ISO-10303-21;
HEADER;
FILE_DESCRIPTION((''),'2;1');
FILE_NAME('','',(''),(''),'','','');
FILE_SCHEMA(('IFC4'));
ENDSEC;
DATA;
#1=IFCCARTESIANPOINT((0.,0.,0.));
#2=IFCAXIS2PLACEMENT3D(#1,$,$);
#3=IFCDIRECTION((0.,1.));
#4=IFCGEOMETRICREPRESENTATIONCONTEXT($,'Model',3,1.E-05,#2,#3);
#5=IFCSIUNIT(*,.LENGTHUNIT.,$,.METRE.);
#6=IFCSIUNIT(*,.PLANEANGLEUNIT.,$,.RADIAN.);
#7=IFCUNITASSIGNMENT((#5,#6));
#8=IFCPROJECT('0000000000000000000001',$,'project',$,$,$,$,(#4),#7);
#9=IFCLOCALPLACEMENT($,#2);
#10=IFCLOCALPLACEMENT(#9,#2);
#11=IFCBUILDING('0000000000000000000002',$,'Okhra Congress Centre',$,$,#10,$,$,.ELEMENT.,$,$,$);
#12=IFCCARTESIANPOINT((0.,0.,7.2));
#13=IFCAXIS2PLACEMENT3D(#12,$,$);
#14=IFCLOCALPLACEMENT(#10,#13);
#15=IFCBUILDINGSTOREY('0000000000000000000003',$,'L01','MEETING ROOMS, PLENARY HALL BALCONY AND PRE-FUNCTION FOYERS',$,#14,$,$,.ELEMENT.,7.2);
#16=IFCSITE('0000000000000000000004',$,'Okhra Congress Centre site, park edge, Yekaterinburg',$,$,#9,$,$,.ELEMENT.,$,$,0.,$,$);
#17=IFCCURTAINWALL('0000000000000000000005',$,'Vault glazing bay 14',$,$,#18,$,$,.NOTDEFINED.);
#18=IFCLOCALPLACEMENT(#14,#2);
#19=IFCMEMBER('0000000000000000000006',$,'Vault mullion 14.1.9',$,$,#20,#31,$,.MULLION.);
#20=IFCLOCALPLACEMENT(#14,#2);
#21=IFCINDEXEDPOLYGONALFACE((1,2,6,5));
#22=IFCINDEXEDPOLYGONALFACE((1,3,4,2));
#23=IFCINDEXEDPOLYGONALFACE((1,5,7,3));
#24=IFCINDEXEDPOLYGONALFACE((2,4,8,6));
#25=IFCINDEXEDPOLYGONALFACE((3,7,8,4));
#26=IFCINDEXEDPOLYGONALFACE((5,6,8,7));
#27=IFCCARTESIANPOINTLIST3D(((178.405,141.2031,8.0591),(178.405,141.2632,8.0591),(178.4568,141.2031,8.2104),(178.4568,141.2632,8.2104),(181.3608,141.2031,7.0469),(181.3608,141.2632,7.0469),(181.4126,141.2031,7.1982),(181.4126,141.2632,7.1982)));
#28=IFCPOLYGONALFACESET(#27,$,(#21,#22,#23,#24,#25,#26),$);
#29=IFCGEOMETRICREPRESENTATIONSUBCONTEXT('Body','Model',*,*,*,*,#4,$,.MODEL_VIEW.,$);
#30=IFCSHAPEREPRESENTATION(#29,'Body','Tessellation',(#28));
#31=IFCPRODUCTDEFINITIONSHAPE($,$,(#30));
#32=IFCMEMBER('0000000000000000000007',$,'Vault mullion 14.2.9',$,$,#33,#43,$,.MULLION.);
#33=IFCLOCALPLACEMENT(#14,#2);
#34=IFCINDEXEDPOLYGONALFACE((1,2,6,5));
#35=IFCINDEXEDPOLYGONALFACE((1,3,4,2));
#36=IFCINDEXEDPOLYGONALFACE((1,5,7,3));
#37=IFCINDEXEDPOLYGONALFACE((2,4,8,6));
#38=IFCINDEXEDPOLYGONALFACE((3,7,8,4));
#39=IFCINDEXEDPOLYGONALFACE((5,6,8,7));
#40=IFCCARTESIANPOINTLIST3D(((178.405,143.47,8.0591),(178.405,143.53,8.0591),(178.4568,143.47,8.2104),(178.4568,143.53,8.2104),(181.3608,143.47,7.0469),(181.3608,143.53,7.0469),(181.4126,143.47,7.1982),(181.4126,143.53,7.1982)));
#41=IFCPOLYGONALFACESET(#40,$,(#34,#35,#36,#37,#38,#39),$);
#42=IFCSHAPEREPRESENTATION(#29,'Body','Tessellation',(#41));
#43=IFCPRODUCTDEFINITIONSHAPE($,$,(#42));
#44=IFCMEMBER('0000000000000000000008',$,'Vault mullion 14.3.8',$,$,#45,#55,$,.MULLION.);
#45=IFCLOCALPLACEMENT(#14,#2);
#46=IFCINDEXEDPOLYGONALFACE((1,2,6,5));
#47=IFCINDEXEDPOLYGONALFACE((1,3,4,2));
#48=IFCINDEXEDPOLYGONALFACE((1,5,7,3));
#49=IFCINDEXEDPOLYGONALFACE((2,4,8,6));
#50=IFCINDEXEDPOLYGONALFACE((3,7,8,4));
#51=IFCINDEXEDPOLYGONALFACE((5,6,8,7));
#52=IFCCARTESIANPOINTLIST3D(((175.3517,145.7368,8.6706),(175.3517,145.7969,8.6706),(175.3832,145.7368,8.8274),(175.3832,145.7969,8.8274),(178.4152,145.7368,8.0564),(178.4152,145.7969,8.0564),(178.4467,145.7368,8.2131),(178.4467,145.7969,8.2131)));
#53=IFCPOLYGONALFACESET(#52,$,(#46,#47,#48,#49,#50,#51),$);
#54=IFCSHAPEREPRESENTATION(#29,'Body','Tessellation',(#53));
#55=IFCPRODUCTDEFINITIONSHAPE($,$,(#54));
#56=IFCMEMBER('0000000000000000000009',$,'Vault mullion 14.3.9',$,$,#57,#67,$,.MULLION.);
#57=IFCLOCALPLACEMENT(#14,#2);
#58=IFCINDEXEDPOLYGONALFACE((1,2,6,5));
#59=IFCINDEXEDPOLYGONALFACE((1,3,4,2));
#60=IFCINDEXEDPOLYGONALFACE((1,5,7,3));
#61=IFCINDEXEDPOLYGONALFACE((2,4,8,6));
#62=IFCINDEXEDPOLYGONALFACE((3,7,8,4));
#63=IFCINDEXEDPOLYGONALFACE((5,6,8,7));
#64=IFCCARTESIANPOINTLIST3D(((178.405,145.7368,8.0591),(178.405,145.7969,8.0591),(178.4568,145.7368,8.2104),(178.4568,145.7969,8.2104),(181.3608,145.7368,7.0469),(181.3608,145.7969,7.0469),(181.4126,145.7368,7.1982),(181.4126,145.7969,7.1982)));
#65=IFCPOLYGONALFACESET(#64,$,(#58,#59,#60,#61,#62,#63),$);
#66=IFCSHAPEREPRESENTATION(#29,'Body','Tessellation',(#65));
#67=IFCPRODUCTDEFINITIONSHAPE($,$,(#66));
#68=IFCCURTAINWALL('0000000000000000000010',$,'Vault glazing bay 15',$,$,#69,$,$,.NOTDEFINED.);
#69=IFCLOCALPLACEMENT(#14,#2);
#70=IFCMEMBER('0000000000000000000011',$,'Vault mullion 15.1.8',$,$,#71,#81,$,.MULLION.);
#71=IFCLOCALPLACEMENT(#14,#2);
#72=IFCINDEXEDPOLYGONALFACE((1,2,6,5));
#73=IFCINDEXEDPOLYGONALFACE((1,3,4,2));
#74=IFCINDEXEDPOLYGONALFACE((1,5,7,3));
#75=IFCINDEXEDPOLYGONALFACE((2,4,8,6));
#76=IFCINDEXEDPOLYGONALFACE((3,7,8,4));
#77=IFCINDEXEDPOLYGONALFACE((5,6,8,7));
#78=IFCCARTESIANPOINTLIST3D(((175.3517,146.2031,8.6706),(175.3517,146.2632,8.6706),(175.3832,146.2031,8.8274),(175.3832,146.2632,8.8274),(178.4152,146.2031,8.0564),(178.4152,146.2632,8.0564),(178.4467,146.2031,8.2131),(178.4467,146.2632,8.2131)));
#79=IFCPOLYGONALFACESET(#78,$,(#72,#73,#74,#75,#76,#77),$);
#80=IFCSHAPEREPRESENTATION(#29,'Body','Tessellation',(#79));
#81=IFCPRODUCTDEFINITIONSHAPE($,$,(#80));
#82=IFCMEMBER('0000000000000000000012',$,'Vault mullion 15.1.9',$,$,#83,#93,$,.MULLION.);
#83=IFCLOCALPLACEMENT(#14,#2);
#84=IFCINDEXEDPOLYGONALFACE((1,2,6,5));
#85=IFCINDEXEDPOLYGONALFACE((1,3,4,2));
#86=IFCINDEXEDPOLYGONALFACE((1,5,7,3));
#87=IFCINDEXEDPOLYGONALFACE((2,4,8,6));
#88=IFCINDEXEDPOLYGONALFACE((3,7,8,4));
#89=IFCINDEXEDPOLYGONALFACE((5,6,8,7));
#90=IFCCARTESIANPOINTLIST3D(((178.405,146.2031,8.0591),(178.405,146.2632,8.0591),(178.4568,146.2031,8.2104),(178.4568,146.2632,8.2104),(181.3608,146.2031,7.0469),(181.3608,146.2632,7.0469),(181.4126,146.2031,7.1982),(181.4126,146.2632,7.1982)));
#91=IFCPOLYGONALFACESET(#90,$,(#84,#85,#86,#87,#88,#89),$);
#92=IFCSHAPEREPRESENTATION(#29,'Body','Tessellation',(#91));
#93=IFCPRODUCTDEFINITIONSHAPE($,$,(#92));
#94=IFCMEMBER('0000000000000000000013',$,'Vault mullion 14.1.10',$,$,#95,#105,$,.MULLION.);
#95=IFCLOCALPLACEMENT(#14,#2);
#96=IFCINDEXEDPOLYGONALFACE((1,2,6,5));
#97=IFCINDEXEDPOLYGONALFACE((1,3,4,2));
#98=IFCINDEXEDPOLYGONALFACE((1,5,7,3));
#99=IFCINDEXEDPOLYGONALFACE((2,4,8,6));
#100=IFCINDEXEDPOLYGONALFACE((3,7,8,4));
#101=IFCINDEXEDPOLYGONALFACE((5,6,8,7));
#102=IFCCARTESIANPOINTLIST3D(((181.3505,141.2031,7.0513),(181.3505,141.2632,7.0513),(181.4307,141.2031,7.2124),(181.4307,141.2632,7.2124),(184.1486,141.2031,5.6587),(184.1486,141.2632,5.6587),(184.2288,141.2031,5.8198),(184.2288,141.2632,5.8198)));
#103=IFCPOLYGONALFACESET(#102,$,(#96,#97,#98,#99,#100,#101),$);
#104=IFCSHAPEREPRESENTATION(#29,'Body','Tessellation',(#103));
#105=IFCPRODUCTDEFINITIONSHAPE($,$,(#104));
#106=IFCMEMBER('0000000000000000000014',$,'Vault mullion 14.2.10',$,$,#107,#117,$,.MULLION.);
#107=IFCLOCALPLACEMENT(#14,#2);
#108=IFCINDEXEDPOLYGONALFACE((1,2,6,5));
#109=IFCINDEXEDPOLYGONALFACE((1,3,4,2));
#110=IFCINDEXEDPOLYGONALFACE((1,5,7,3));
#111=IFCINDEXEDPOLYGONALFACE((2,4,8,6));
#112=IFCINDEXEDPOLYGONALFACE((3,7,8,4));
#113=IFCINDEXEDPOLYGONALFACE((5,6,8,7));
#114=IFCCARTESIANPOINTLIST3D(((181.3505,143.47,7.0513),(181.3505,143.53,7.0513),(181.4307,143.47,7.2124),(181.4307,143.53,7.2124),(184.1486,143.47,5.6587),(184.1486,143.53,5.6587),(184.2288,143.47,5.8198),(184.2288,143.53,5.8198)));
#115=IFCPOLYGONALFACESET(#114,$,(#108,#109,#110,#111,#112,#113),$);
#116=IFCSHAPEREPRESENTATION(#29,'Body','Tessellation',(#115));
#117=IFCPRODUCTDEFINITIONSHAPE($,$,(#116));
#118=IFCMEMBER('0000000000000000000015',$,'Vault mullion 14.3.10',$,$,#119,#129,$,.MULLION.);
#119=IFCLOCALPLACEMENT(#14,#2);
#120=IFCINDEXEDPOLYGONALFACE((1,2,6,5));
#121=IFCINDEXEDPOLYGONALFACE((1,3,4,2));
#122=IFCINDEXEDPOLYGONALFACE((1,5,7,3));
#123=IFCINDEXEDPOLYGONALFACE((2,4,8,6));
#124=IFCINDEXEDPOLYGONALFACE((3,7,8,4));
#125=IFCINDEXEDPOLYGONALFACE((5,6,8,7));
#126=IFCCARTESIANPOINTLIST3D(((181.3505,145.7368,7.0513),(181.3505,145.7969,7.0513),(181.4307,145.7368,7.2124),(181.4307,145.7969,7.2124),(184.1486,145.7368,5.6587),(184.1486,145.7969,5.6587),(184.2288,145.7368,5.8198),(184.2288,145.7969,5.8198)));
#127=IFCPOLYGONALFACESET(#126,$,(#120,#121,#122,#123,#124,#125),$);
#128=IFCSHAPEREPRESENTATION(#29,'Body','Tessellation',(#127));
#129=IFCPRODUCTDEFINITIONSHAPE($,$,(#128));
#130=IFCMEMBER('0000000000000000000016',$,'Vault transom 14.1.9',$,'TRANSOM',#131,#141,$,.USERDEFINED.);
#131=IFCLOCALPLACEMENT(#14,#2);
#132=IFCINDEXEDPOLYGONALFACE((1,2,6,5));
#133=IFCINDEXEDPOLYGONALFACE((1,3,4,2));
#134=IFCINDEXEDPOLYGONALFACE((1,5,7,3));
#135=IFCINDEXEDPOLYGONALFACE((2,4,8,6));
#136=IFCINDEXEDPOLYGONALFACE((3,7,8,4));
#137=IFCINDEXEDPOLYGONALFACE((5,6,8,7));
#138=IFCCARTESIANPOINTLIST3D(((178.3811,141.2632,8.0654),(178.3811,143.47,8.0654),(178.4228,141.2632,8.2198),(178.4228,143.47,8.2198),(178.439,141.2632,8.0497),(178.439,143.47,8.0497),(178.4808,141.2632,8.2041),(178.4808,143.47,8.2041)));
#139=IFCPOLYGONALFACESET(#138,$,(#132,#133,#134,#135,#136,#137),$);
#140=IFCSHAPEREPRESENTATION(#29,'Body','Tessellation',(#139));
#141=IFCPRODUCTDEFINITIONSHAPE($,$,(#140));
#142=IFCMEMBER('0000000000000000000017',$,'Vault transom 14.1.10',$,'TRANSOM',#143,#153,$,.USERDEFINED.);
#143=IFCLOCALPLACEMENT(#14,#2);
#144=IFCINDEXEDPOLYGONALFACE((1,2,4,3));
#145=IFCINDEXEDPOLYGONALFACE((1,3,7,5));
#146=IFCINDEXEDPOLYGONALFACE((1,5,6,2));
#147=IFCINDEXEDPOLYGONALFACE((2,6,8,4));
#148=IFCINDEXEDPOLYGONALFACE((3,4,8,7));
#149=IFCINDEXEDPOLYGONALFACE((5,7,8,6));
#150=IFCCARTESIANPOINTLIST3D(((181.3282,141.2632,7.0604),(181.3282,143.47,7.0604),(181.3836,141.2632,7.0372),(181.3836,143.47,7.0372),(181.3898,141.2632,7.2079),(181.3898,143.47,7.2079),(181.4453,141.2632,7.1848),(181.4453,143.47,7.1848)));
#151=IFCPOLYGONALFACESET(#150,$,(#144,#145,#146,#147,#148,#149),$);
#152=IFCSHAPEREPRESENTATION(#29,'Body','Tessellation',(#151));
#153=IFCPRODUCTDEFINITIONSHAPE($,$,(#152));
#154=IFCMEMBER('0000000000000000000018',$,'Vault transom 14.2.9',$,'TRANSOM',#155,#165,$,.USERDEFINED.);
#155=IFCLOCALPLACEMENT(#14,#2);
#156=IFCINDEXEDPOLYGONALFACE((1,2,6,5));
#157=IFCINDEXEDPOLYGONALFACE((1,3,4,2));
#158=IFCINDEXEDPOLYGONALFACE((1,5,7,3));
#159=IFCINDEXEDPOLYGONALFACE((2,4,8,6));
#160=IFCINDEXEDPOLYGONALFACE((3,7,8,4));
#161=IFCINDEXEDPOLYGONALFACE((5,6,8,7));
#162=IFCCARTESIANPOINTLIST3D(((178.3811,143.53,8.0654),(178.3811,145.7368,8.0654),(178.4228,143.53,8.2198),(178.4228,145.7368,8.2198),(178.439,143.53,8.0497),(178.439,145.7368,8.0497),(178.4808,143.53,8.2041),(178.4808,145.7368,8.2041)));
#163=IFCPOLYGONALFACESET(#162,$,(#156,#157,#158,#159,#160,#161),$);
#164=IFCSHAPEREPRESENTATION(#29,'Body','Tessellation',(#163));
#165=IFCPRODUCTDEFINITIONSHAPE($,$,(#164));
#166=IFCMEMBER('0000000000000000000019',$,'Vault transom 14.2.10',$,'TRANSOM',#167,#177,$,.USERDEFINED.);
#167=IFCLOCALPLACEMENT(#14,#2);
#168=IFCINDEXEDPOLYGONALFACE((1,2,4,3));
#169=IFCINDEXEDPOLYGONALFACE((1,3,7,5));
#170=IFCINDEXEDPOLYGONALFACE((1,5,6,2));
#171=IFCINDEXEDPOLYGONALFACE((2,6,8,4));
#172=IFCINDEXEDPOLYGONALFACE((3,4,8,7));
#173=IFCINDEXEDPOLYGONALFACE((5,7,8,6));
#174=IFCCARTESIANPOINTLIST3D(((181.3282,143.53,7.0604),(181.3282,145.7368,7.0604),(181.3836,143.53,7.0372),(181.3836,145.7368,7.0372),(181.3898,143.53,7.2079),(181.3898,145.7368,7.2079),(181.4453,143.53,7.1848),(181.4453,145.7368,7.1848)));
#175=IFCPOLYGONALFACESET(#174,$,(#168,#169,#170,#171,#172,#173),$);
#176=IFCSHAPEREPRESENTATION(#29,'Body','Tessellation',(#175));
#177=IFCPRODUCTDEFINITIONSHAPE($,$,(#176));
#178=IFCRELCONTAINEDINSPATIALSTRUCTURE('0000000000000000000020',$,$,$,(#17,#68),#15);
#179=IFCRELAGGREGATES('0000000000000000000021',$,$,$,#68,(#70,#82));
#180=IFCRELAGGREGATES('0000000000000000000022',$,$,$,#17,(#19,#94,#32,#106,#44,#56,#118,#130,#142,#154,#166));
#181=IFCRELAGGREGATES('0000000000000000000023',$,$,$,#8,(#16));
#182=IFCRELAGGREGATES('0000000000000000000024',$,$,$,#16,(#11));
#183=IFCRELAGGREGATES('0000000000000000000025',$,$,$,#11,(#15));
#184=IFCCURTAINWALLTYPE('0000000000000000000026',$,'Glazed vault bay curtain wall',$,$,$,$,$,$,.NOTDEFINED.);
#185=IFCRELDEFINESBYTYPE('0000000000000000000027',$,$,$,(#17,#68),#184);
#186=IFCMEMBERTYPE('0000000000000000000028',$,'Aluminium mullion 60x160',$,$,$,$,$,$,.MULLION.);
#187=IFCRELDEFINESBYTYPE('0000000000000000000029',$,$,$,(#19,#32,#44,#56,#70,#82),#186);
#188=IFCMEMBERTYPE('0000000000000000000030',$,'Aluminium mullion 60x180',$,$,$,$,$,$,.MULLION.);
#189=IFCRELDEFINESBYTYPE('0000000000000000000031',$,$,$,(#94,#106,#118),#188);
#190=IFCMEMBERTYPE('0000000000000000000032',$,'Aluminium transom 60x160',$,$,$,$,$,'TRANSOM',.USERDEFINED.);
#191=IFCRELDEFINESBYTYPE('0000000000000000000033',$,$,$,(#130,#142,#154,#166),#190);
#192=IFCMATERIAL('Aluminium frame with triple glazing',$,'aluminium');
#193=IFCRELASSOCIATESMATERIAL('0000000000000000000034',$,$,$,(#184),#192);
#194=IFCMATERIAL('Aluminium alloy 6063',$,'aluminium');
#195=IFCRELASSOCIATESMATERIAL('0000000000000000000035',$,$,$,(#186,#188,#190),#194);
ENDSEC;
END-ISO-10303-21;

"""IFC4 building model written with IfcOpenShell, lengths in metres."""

from ifc_helpers import new_model, si_unit, direction, frame, origin, origin_2d, place, context, subcontext, project, spatial, rectangle, extrude, material, material_profile, profile_set, type_object, element, aggregate, save


model = new_model("IFC4")

# Units and contexts
model_context = context("Model", 3, precision=1e-05, world=origin(), true_north=direction((0.0, 1.0)))
body_context = subcontext(model_context, "Body", "Model", "MODEL_VIEW")
ifc_project = project(units=[si_unit("LENGTHUNIT", "METRE"), si_unit("PLANEANGLEUNIT", "RADIAN")], contexts=[model_context])

# Site, building, storey
site_placement = place(None, origin())
site = spatial("IfcSite", under=ifc_project, at=site_placement, Name="Okhra Congress Centre site, park edge, Yekaterinburg", CompositionType="ELEMENT", RefElevation=0.0)
building_placement = place(site_placement, origin())
building = spatial("IfcBuilding", under=site, at=building_placement, Name="Okhra Congress Centre", CompositionType="ELEMENT")
storey_placement = place(building_placement, frame((0.0, 0.0, 7.2)))
storey = spatial("IfcBuildingStorey", under=building, at=storey_placement, Name="L01", Description="MEETING ROOMS, PLENARY HALL BALCONY AND PRE-FUNCTION FOYERS", CompositionType="ELEMENT", Elevation=7.2)

# Curtain walls, members
ifc_material_1 = material(Name="Aluminium frame with triple glazing", Category="aluminium")
curtain_wall_type = type_object("IfcCurtainWallType", Name="Glazed vault bay curtain wall", PredefinedType="NOTDEFINED", material=ifc_material_1)
curtain_wall_1_placement = place(storey_placement, origin())
curtain_wall_1 = element("IfcCurtainWall", 1, at=curtain_wall_1_placement, inside=storey, type_object=curtain_wall_type, Name="Vault glazing bay 14", PredefinedType="NOTDEFINED")
ifc_material_2 = material(Name="Aluminium alloy 6063", Category="aluminium")
ifc_material_profile_1 = material_profile(ifc_material_2, rectangle(XDim=0.0601, YDim=0.1599, at=origin_2d()), Name="AL 60x160")
ifc_profile_set_1 = profile_set([ifc_material_profile_1], Name="Aluminium alloy 6063")
member_type_1 = type_object("IfcMemberType", Name="Aluminium mullion 60x160", PredefinedType="MULLION", material=ifc_profile_set_1)
member_1_placement = place(storey_placement, frame((178.4309, 141.2332, 8.1348), z_axis=(0.946065, 0.0, -0.323977), x_axis=(0.0, 1.0, 0.0)))
member_1 = element("IfcMember", 2, at=member_1_placement, type_object=member_type_1, Name="Vault mullion 14.1.9", PredefinedType="MULLION", context=body_context, shape_type="SweptSolid", body=[
    extrude(rectangle(XDim=0.0601, YDim=0.1599, at=origin_2d()), origin(), (0.0, 0.0, 1.0), 3.1243),
])
member_2_placement = place(storey_placement, frame((178.4309, 143.5, 8.1348), z_axis=(0.946065, 0.0, -0.323977), x_axis=(0.0, 1.0, 0.0)))
member_2 = element("IfcMember", 3, at=member_2_placement, type_object=member_type_1, Name="Vault mullion 14.2.9", PredefinedType="MULLION", context=body_context, shape_type="SweptSolid", body=[
    extrude(rectangle(XDim=0.0601, YDim=0.1599, at=origin_2d()), origin(), (0.0, 0.0, 1.0), 3.1243),
])
member_3_placement = place(storey_placement, frame((175.3674, 145.7668, 8.749), z_axis=(0.980484, 0.0, -0.196597), x_axis=(0.0, 1.0, 0.0)))
member_3 = element("IfcMember", 4, at=member_3_placement, type_object=member_type_1, Name="Vault mullion 14.3.8", PredefinedType="MULLION", context=body_context, shape_type="SweptSolid", body=[
    extrude(rectangle(XDim=0.0601, YDim=0.1599, at=origin_2d()), origin(), (0.0, 0.0, 1.0), 3.1245),
])
member_4_placement = place(storey_placement, frame((178.4309, 145.7668, 8.1348), z_axis=(0.946065, 0.0, -0.323977), x_axis=(0.0, 1.0, 0.0)))
member_4 = element("IfcMember", 5, at=member_4_placement, type_object=member_type_1, Name="Vault mullion 14.3.9", PredefinedType="MULLION", context=body_context, shape_type="SweptSolid", body=[
    extrude(rectangle(XDim=0.0601, YDim=0.1599, at=origin_2d()), origin(), (0.0, 0.0, 1.0), 3.1243),
])
curtain_wall_2_placement = place(storey_placement, origin())
curtain_wall_2 = element("IfcCurtainWall", 6, at=curtain_wall_2_placement, inside=storey, type_object=curtain_wall_type, Name="Vault glazing bay 15", PredefinedType="NOTDEFINED")
member_5_placement = place(storey_placement, frame((175.3674, 146.2332, 8.749), z_axis=(0.980484, 0.0, -0.196597), x_axis=(0.0, 1.0, 0.0)))
member_5 = element("IfcMember", 7, at=member_5_placement, type_object=member_type_1, Name="Vault mullion 15.1.8", PredefinedType="MULLION", context=body_context, shape_type="SweptSolid", body=[
    extrude(rectangle(XDim=0.0601, YDim=0.1599, at=origin_2d()), origin(), (0.0, 0.0, 1.0), 3.1245),
])
member_6_placement = place(storey_placement, frame((178.4309, 146.2332, 8.1348), z_axis=(0.946065, 0.0, -0.323977), x_axis=(0.0, 1.0, 0.0)))
member_6 = element("IfcMember", 8, at=member_6_placement, type_object=member_type_1, Name="Vault mullion 15.1.9", PredefinedType="MULLION", context=body_context, shape_type="SweptSolid", body=[
    extrude(rectangle(XDim=0.0601, YDim=0.1599, at=origin_2d()), origin(), (0.0, 0.0, 1.0), 3.1243),
])
aggregate(curtain_wall_2, [member_5, member_6])

# Members
ifc_material_profile_2 = material_profile(ifc_material_2, rectangle(XDim=0.0601, YDim=0.1799, at=origin_2d()), Name="AL 60x180")
ifc_profile_set_2 = profile_set([ifc_material_profile_2], Name="Aluminium alloy 6063")
member_type_2 = type_object("IfcMemberType", Name="Aluminium mullion 60x180", PredefinedType="MULLION", material=ifc_profile_set_2)
member_7_placement = place(storey_placement, frame((181.3906, 141.2332, 7.1318), z_axis=(0.895254, 0.0, -0.445557), x_axis=(0.0, 1.0, 0.0)))
member_7 = element("IfcMember", 9, at=member_7_placement, type_object=member_type_2, Name="Vault mullion 14.1.10", PredefinedType="MULLION", context=body_context, shape_type="SweptSolid", body=[
    extrude(rectangle(XDim=0.0601, YDim=0.1799, at=origin_2d()), origin(), (0.0, 0.0, 1.0), 3.1255),
])
member_8_placement = place(storey_placement, frame((181.3906, 143.5, 7.1318), z_axis=(0.895254, 0.0, -0.445557), x_axis=(0.0, 1.0, 0.0)))
member_8 = element("IfcMember", 10, at=member_8_placement, type_object=member_type_2, Name="Vault mullion 14.2.10", PredefinedType="MULLION", context=body_context, shape_type="SweptSolid", body=[
    extrude(rectangle(XDim=0.0601, YDim=0.1799, at=origin_2d()), origin(), (0.0, 0.0, 1.0), 3.1255),
])
member_9_placement = place(storey_placement, frame((181.3906, 145.7668, 7.1318), z_axis=(0.895254, 0.0, -0.445557), x_axis=(0.0, 1.0, 0.0)))
member_9 = element("IfcMember", 11, at=member_9_placement, type_object=member_type_2, Name="Vault mullion 14.3.10", PredefinedType="MULLION", context=body_context, shape_type="SweptSolid", body=[
    extrude(rectangle(XDim=0.0601, YDim=0.1799, at=origin_2d()), origin(), (0.0, 0.0, 1.0), 3.1255),
])
ifc_material_profile_3 = material_profile(ifc_material_2, rectangle(XDim=0.0601, YDim=0.1599, at=origin_2d()), Name="AL 60x160 transom")
ifc_profile_set_3 = profile_set([ifc_material_profile_3], Name="Aluminium alloy 6063")
member_type_3 = type_object("IfcMemberType", Name="Aluminium transom 60x160", ElementType="TRANSOM", PredefinedType="USERDEFINED", material=ifc_profile_set_3)
member_10_placement = place(storey_placement, frame((178.4309, 141.2632, 8.1348), z_axis=(0.0, 1.0, 0.0), x_axis=(-0.96538, 0.0, 0.260848)))
member_10 = element("IfcMember", 12, at=member_10_placement, type_object=member_type_3, Name="Vault transom 14.1.9", ObjectType="TRANSOM", PredefinedType="USERDEFINED", context=body_context, shape_type="SweptSolid", body=[
    extrude(rectangle(XDim=0.0601, YDim=0.1599, at=origin_2d()), origin(), (0.0, 0.0, 1.0), 2.2068),
])
member_11_placement = place(storey_placement, frame((181.3867, 141.2632, 7.1226), z_axis=(0.0, 1.0, 0.0), x_axis=(-0.922669, 0.0, 0.385593)))
member_11 = element("IfcMember", 13, at=member_11_placement, type_object=member_type_3, Name="Vault transom 14.1.10", ObjectType="TRANSOM", PredefinedType="USERDEFINED", context=body_context, shape_type="SweptSolid", body=[
    extrude(rectangle(XDim=0.0601, YDim=0.1599, at=origin_2d()), origin(), (0.0, 0.0, 1.0), 2.2068),
])
member_12_placement = place(storey_placement, frame((178.4309, 143.53, 8.1348), z_axis=(0.0, 1.0, 0.0), x_axis=(-0.96538, 0.0, 0.260848)))
member_12 = element("IfcMember", 14, at=member_12_placement, type_object=member_type_3, Name="Vault transom 14.2.9", ObjectType="TRANSOM", PredefinedType="USERDEFINED", context=body_context, shape_type="SweptSolid", body=[
    extrude(rectangle(XDim=0.0601, YDim=0.1599, at=origin_2d()), origin(), (0.0, 0.0, 1.0), 2.2068),
])
member_13_placement = place(storey_placement, frame((181.3867, 143.53, 7.1226), z_axis=(0.0, 1.0, 0.0), x_axis=(-0.922669, 0.0, 0.385593)))
member_13 = element("IfcMember", 15, at=member_13_placement, type_object=member_type_3, Name="Vault transom 14.2.10", ObjectType="TRANSOM", PredefinedType="USERDEFINED", context=body_context, shape_type="SweptSolid", body=[
    extrude(rectangle(XDim=0.0601, YDim=0.1599, at=origin_2d()), origin(), (0.0, 0.0, 1.0), 2.2068),
])

aggregate(curtain_wall_1, [member_1, member_7, member_2, member_8, member_3, member_4, member_9, member_10, member_11, member_12, member_13])

save(model, "model.ifc")
